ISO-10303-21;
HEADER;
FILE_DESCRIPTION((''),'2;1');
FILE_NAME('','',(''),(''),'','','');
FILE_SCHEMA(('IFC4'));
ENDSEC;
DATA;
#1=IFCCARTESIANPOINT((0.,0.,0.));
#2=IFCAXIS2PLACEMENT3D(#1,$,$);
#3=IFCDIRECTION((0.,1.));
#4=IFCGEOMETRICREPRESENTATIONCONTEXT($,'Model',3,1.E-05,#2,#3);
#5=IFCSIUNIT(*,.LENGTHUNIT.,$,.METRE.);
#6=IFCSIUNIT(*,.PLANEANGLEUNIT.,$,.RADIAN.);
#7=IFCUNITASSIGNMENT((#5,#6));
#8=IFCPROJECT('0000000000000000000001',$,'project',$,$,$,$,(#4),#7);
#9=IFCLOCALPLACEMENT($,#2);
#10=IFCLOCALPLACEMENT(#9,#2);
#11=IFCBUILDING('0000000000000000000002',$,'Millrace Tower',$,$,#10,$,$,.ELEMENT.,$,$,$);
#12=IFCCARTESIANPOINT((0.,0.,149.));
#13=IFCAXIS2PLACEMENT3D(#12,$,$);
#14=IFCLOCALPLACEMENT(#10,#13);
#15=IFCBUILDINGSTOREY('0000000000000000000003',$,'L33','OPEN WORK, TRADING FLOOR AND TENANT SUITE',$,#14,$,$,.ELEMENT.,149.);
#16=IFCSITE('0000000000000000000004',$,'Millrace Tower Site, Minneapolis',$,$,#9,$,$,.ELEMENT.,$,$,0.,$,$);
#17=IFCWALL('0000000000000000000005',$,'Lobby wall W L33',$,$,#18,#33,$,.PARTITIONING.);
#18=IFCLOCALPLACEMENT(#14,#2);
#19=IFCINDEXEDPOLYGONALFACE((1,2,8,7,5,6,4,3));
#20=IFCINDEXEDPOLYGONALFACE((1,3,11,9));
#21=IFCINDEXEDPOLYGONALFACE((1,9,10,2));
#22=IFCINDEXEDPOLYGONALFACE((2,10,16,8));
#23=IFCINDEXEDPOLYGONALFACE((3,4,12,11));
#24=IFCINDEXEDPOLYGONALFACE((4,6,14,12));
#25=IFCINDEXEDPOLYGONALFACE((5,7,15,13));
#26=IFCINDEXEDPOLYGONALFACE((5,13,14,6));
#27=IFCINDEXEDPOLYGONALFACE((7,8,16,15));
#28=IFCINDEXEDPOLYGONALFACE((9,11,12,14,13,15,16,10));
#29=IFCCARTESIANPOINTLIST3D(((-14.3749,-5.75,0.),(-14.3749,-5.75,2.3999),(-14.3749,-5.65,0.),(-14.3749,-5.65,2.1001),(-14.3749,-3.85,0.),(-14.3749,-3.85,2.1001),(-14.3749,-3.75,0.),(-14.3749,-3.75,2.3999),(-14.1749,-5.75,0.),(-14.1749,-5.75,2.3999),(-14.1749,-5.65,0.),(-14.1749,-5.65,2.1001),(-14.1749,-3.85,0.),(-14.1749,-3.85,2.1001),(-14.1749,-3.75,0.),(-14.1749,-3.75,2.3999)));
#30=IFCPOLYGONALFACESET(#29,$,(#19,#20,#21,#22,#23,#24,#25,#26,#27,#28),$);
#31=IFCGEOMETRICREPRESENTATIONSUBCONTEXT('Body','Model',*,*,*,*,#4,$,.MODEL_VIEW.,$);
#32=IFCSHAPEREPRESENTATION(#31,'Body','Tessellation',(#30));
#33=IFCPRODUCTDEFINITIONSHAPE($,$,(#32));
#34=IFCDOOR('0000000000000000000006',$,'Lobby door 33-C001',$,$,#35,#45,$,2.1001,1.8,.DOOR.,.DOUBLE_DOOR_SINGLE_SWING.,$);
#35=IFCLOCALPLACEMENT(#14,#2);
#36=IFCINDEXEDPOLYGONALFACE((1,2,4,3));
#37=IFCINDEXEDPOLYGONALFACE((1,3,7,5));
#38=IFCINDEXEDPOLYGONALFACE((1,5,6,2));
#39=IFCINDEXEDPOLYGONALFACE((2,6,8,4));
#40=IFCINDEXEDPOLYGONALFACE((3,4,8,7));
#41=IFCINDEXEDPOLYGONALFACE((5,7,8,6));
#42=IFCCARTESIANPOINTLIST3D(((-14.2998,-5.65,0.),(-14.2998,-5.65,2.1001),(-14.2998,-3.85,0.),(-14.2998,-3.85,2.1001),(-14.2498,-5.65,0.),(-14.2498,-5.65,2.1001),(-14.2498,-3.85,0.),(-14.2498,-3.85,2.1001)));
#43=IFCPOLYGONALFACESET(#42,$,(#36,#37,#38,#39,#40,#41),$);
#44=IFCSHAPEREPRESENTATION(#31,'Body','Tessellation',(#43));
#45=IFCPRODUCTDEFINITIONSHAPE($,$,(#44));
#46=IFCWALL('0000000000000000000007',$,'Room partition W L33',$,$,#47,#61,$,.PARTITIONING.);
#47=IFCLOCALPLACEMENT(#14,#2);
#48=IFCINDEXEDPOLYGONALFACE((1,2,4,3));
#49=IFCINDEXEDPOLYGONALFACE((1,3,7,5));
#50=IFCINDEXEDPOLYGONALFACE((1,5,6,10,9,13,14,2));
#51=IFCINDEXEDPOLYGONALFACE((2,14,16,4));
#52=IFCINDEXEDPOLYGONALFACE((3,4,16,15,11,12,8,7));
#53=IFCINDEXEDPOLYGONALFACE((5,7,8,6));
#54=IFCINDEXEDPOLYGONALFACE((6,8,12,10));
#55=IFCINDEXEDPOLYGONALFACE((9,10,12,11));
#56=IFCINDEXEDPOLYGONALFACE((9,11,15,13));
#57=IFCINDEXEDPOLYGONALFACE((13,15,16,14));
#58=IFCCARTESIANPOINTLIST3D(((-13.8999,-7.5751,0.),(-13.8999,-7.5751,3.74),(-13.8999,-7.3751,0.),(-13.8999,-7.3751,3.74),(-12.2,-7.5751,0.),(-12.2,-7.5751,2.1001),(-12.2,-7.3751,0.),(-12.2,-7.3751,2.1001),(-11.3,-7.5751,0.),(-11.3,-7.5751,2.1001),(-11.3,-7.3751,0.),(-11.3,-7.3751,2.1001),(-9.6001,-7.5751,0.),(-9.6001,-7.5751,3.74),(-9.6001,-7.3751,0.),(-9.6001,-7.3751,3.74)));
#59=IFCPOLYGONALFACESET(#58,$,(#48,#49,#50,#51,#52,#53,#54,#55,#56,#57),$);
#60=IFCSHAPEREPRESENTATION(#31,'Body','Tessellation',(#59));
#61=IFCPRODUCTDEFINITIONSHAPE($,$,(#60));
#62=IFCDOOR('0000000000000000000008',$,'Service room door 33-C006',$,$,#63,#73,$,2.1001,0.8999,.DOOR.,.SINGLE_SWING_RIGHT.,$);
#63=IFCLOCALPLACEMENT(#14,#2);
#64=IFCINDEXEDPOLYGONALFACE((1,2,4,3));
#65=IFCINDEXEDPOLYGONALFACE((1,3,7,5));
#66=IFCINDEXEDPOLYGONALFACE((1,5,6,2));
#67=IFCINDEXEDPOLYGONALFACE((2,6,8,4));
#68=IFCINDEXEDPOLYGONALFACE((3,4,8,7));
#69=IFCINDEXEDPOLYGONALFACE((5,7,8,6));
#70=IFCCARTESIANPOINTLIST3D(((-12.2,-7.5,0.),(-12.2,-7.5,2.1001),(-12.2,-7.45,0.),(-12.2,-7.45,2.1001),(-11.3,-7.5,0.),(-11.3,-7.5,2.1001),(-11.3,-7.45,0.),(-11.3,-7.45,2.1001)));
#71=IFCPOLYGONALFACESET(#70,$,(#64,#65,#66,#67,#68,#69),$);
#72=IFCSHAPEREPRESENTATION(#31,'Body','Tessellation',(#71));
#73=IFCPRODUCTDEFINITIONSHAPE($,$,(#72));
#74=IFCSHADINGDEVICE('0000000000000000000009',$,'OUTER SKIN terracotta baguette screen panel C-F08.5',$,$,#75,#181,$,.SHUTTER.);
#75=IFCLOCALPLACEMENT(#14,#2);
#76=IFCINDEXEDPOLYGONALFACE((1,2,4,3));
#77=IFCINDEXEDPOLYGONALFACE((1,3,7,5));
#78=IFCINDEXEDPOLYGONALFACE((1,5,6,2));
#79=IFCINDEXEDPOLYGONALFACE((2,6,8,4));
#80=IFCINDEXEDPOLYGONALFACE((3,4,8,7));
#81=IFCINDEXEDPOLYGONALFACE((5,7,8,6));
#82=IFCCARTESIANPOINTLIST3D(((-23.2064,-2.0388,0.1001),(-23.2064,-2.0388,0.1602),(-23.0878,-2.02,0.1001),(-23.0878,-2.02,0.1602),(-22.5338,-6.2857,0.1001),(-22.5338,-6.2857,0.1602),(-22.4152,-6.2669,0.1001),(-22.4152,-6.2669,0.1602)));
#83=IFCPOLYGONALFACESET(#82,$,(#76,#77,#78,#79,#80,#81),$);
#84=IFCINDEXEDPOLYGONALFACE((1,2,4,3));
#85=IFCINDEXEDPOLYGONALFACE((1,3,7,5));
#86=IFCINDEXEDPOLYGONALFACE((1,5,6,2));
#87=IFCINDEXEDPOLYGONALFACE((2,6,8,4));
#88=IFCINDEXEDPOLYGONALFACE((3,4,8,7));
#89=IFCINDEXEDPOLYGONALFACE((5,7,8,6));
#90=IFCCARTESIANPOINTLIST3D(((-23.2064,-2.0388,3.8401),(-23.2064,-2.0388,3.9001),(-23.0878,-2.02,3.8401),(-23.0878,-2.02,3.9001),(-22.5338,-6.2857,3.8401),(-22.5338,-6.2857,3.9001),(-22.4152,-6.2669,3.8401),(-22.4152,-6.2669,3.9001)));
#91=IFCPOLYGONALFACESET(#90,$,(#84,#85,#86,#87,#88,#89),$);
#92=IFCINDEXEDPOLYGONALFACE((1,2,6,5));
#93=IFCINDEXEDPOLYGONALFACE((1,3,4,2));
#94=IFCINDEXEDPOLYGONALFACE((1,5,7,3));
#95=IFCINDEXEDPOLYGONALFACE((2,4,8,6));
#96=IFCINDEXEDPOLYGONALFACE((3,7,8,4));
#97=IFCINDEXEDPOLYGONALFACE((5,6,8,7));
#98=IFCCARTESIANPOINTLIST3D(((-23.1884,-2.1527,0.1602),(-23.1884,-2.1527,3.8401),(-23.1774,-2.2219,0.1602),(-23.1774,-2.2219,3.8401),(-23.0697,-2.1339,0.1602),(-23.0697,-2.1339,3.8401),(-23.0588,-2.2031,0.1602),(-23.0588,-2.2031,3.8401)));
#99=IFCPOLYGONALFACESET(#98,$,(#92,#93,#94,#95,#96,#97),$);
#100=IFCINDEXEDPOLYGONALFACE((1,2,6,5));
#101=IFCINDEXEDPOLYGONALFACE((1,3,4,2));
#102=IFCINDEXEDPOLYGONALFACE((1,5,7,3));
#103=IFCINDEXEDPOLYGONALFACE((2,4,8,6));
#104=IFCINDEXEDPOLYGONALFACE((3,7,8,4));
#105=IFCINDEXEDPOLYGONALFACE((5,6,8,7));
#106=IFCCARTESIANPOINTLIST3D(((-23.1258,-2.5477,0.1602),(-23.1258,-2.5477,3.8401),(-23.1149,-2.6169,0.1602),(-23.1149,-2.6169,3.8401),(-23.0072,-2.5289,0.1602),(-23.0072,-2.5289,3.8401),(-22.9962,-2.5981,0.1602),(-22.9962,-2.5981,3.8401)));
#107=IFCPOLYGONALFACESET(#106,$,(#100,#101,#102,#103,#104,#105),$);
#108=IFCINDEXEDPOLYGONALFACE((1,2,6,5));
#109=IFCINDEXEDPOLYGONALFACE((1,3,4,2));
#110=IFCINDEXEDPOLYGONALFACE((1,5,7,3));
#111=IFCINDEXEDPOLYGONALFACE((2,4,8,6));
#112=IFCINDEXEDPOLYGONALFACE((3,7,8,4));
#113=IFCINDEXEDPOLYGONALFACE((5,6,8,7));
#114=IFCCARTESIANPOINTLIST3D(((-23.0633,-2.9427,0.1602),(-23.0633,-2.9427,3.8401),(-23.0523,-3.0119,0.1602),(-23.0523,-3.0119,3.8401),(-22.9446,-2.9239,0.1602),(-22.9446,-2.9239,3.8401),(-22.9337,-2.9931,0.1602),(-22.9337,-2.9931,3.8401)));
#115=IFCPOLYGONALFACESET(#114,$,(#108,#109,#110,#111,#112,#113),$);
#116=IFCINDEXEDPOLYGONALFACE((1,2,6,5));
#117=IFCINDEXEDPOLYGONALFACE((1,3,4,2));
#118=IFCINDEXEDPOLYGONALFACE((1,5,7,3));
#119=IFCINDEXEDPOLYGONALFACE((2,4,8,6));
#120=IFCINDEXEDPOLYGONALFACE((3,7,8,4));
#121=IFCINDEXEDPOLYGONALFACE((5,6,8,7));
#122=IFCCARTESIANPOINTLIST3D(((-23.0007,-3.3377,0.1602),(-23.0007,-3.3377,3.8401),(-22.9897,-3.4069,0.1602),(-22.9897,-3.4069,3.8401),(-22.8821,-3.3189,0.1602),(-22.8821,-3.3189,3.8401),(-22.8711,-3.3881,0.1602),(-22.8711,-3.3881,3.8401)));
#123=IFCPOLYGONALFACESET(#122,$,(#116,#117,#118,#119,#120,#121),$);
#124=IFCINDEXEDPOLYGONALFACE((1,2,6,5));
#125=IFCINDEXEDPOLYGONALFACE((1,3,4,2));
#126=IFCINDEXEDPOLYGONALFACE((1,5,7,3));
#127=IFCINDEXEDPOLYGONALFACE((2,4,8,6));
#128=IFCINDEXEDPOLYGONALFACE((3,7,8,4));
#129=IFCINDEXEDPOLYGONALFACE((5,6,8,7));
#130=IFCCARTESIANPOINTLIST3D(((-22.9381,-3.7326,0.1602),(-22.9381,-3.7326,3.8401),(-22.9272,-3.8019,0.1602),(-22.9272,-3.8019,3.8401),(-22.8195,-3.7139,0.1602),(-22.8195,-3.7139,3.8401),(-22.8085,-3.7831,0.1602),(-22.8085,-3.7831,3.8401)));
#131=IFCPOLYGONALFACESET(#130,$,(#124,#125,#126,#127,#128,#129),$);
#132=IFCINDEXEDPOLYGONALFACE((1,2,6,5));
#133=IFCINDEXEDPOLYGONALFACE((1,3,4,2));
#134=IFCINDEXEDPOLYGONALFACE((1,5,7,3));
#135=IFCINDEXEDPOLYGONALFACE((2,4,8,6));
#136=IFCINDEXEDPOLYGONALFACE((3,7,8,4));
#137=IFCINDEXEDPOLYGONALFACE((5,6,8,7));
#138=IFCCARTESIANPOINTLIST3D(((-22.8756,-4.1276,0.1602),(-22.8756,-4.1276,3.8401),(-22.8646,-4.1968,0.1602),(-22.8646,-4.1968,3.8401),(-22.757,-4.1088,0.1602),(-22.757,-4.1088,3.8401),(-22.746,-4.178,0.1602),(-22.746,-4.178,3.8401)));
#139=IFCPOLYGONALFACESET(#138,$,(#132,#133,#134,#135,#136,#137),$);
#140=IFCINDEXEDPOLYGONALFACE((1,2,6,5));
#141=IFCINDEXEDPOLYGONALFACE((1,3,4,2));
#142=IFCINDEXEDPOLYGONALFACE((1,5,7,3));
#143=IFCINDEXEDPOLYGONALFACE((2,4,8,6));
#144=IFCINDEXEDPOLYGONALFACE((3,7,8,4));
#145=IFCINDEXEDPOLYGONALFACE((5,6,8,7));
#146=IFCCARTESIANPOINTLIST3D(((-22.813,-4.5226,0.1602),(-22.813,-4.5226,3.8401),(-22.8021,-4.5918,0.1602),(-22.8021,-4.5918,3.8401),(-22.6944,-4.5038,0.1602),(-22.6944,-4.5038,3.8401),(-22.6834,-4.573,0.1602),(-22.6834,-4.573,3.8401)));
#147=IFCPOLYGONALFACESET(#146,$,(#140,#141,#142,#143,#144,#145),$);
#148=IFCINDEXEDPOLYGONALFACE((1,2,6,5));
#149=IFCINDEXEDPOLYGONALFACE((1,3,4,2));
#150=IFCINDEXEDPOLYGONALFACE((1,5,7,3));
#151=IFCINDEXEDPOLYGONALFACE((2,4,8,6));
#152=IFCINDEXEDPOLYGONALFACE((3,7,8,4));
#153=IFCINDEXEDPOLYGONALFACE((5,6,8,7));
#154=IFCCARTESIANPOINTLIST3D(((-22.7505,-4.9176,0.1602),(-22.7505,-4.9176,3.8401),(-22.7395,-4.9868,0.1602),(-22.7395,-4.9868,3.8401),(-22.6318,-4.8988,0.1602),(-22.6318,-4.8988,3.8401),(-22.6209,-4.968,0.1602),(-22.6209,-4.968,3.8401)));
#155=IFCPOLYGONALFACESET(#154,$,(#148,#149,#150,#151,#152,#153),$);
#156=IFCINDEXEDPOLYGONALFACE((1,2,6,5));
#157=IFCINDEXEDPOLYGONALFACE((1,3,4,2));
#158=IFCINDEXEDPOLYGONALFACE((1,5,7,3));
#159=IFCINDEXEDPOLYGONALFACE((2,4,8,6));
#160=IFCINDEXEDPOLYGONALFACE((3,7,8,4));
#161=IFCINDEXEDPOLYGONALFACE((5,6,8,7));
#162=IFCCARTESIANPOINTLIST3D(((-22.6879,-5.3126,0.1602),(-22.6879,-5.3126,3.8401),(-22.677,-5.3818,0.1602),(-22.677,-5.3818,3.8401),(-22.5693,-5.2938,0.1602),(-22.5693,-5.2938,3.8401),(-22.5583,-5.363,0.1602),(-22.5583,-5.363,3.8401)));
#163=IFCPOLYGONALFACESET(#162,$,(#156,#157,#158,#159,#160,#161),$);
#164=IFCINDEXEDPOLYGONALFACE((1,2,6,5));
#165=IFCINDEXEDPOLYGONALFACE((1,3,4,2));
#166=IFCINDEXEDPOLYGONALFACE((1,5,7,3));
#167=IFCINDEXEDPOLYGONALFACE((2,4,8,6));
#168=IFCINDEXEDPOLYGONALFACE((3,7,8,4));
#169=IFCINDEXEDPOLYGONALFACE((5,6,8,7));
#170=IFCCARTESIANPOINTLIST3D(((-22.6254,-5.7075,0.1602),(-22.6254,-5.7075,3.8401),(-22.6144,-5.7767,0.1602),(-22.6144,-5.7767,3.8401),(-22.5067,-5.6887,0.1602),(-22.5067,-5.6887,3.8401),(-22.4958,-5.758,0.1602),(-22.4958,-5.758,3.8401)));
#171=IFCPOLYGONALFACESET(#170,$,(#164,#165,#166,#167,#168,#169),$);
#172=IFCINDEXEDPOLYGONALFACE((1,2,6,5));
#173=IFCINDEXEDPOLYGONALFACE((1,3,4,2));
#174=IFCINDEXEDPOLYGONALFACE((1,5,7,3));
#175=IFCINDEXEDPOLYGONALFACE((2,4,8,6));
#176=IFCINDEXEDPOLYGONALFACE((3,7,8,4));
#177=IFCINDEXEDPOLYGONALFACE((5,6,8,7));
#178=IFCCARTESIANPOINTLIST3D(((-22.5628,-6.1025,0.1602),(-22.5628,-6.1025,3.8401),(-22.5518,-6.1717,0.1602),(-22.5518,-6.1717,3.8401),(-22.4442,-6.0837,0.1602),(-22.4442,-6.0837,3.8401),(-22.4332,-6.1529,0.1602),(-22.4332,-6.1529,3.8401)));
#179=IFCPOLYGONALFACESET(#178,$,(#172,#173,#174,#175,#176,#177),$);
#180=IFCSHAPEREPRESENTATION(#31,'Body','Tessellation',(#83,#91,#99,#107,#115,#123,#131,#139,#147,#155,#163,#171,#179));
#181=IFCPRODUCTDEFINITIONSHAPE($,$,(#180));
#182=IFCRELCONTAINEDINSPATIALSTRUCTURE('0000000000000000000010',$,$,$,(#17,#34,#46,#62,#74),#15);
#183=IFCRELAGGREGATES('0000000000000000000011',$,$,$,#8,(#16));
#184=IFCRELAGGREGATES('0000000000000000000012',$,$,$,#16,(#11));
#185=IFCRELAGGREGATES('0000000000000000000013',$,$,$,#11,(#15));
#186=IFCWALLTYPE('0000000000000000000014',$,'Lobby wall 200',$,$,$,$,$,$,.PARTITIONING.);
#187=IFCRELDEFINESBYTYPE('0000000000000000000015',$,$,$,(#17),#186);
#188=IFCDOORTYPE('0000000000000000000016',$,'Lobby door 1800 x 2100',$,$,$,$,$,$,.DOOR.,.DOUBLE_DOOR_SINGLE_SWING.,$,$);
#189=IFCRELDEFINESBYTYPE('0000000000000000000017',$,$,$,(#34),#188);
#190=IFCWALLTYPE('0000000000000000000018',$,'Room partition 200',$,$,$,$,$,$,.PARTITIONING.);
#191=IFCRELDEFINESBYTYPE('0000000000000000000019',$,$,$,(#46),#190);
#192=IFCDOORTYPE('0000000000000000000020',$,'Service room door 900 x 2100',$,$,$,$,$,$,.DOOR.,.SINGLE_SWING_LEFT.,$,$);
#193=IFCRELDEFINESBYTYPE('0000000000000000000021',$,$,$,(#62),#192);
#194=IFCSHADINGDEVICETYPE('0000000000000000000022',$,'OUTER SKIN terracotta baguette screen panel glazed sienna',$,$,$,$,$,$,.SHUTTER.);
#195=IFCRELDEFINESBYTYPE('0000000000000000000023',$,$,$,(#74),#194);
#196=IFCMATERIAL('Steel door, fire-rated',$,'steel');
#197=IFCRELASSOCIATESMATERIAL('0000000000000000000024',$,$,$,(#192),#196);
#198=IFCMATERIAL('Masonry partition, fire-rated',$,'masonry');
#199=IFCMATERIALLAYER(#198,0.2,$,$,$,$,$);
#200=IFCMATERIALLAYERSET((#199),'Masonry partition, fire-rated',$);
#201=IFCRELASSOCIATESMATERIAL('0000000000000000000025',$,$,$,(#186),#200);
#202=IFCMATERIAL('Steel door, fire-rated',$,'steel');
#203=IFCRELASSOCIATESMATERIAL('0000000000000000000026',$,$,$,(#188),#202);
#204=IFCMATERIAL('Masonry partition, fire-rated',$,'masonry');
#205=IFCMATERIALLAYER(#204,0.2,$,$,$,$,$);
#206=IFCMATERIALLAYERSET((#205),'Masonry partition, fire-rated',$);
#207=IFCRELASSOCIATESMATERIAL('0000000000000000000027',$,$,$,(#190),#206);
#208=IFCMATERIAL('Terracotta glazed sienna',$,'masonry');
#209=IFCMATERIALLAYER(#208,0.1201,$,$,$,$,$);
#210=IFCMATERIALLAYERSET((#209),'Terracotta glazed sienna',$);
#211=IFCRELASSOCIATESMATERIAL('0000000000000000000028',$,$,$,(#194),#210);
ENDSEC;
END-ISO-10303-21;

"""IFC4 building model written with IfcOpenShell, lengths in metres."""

from ifc_helpers import new_model, entity, si_unit, direction, frame, frame_2d, origin, origin_2d, place, context, subcontext, project, spatial, rectangle, extrude, source, transform, mapped, material, layer, layer_set, type_object, element, fill, save


model = new_model("IFC4")

# Units and contexts
model_context = context("Model", 3, precision=1e-05, world=origin(), true_north=direction((0.0, 1.0)))
body_context = subcontext(model_context, "Body", "Model", "MODEL_VIEW")
ifc_project = project(units=[si_unit("LENGTHUNIT", "METRE"), si_unit("PLANEANGLEUNIT", "RADIAN")], contexts=[model_context])

# Site, building, storey
site_placement = place(None, origin())
site = spatial("IfcSite", under=ifc_project, at=site_placement, Name="Millrace Tower Site, Minneapolis", CompositionType="ELEMENT", RefElevation=0.0)
building_placement = place(site_placement, origin())
building = spatial("IfcBuilding", under=site, at=building_placement, Name="Millrace Tower", CompositionType="ELEMENT")
storey_placement = place(building_placement, frame((0.0, 0.0, 149.0)))
storey = spatial("IfcBuildingStorey", under=building, at=storey_placement, Name="L33", Description="OPEN WORK, TRADING FLOOR AND TENANT SUITE", CompositionType="ELEMENT", Elevation=149.0)

# Shared definitions
ifc_material_1 = material(Name="Steel door, fire-rated", Category="steel")
door_type_1 = type_object("IfcDoorType", Name="Service room door 900 x 2100", OperationType="SINGLE_SWING_LEFT", PredefinedType="DOOR", material=ifc_material_1)

# Walls, openings, doors
ifc_material_2 = material(Name="Masonry partition, fire-rated", Category="masonry")
ifc_layer_1 = layer(ifc_material_2, 0.2)
ifc_layer_set_1 = layer_set([ifc_layer_1], Name="Masonry partition, fire-rated")
wall_type_1 = type_object("IfcWallType", Name="Lobby wall 200", PredefinedType="PARTITIONING", material=ifc_layer_set_1)
wall_1_placement = place(storey_placement, frame((-14.2749, -5.75, 0.0), z_axis=(0.0, 0.0, 1.0), x_axis=(0.0, 1.0, 0.0)))
wall_1 = element("IfcWall", 1, at=wall_1_placement, inside=storey, type_object=wall_type_1, Name="Lobby wall W L33", PredefinedType="PARTITIONING", context=body_context, shape_type="SweptSolid", body=[
    extrude(rectangle(XDim=2.0, YDim=0.2, at=frame_2d((1.0, 0.0))), origin(), (0.0, 0.0, 1.0), 2.3999),
])
opening_1_placement = place(wall_1_placement, frame((0.1001, 0.0, 0.0)))
opening_1 = element("IfcOpeningElement", 2, at=opening_1_placement, cuts=wall_1, PredefinedType="OPENING", context=body_context, shape_type="SweptSolid", body=[
    extrude(rectangle(XDim=1.8, YDim=2.1001, at=frame_2d((0.8999, 1.05))), frame((0.0, 0.1099, 0.0), z_axis=(0.0, -1.0, 0.0), x_axis=(1.0, 0.0, 0.0)), (0.0, 0.0, 1.0), 0.22),
])
ifc_material_3 = material(Name="Steel door, fire-rated", Category="steel")
door_type_2 = type_object("IfcDoorType", Name="Lobby door 1800 x 2100", OperationType="DOUBLE_DOOR_SINGLE_SWING", PredefinedType="DOOR", material=ifc_material_3)
door_1_placement = place(opening_1_placement, origin())
door_1 = element("IfcDoor", 3, at=door_1_placement, inside=storey, type_object=door_type_2, Name="Lobby door 33-C001", OperationType="DOUBLE_DOOR_SINGLE_SWING", OverallHeight=2.1001, OverallWidth=1.8, PredefinedType="DOOR", context=body_context, shape_type="SweptSolid", body=[
    extrude(rectangle(XDim=1.8, YDim=2.1001, at=frame_2d((0.8999, 1.05))), frame((0.0, 0.0249, 0.0), z_axis=(0.0, -1.0, 0.0), x_axis=(1.0, 0.0, 0.0)), (0.0, 0.0, 1.0), 0.05),
])
fill(opening_1, door_1)
ifc_material_4 = material(Name="Masonry partition, fire-rated", Category="masonry")
ifc_layer_2 = layer(ifc_material_4, 0.2)
ifc_layer_set_2 = layer_set([ifc_layer_2], Name="Masonry partition, fire-rated")
wall_type_2 = type_object("IfcWallType", Name="Room partition 200", PredefinedType="PARTITIONING", material=ifc_layer_set_2)
wall_2_placement = place(storey_placement, frame((-13.8999, -7.4751, 0.0), z_axis=(0.0, 0.0, 1.0), x_axis=(1.0, 0.0, 0.0)))
wall_2 = element("IfcWall", 4, at=wall_2_placement, inside=storey, type_object=wall_type_2, Name="Room partition W L33", PredefinedType="PARTITIONING", context=body_context, shape_type="SweptSolid", body=[
    extrude(rectangle(XDim=4.2998, YDim=0.2, at=frame_2d((2.1499, 0.0))), origin(), (0.0, 0.0, 1.0), 3.74),
])
opening_2_placement = place(wall_2_placement, frame((1.7, 0.0, 0.0)))
opening_2 = element("IfcOpeningElement", 5, at=opening_2_placement, cuts=wall_2, PredefinedType="OPENING", context=body_context, shape_type="SweptSolid", body=[
    extrude(rectangle(XDim=0.8999, YDim=2.1001, at=frame_2d((0.45, 1.05))), frame((0.0, 0.1099, 0.0), z_axis=(0.0, -1.0, 0.0), x_axis=(1.0, 0.0, 0.0)), (0.0, 0.0, 1.0), 0.22),
])
door_2_placement = place(opening_2_placement, frame((0.8999, 0.0, 0.0), z_axis=(0.0, 0.0, 1.0), x_axis=(-1.0, 0.0, 0.0)))
door_2 = element("IfcDoor", 6, at=door_2_placement, inside=storey, type_object=door_type_1, Name="Service room door 33-C006", OperationType="SINGLE_SWING_RIGHT", OverallHeight=2.1001, OverallWidth=0.8999, PredefinedType="DOOR", context=body_context, shape_type="SweptSolid", body=[
    extrude(rectangle(XDim=0.8999, YDim=2.1001, at=frame_2d((0.45, 1.05))), frame((0.0, 0.0249, 0.0), z_axis=(0.0, -1.0, 0.0), x_axis=(1.0, 0.0, 0.0)), (0.0, 0.0, 1.0), 0.05),
])
fill(opening_2, door_2)

# Shading device
ifc_material_5 = material(Name="Terracotta glazed sienna", Category="masonry")
ifc_layer_3 = layer(ifc_material_5, 0.1201)
ifc_layer_set_3 = layer_set([ifc_layer_3], Name="Terracotta glazed sienna")
shading_device_type = type_object("IfcShadingDeviceType", Name="OUTER SKIN terracotta baguette screen panel glazed sienna", PredefinedType="SHUTTER", material=ifc_layer_set_3)
cartesian_point = entity("IfcCartesianPoint", [-2.1499, 0.0601])
shared_polyline = entity("IfcPolyline", [cartesian_point, entity("IfcCartesianPoint", [2.1499, 0.0601]), entity("IfcCartesianPoint", [2.1499, -0.0601]), entity("IfcCartesianPoint", [-2.1499, -0.0601]), cartesian_point])
shared_shape = source(origin(), body_context, "Body", "SweptSolid", [
    entity("IfcExtrudedAreaSolid", entity("IfcArbitraryClosedProfileDef", "AREA", None, shared_polyline), entity("IfcAxis2Placement3D", entity("IfcCartesianPoint", [0.0, 0.0, 0.0])), entity("IfcDirection", [0.0, 0.0, 1.0]), 0.0601),
    entity("IfcExtrudedAreaSolid", entity("IfcArbitraryClosedProfileDef", "AREA", None, shared_polyline), entity("IfcAxis2Placement3D", entity("IfcCartesianPoint", [0.0, 0.0, 3.74])), entity("IfcDirection", [0.0, 0.0, 1.0]), 0.0601),
    extrude(rectangle(XDim=0.0701, YDim=0.1201, at=frame_2d((-1.9995, 0.0))), frame((0.0, 0.0, 0.0601)), (0.0, 0.0, 1.0), 3.6799),
    extrude(rectangle(XDim=0.0701, YDim=0.1201, at=frame_2d((-1.5996, 0.0))), frame((0.0, 0.0, 0.0601)), (0.0, 0.0, 1.0), 3.6799),
    extrude(rectangle(XDim=0.0701, YDim=0.1201, at=frame_2d((-1.1997, 0.0))), frame((0.0, 0.0, 0.0601)), (0.0, 0.0, 1.0), 3.6799),
    extrude(rectangle(XDim=0.0701, YDim=0.1201, at=frame_2d((-0.7998, 0.0))), frame((0.0, 0.0, 0.0601)), (0.0, 0.0, 1.0), 3.6799),
    extrude(rectangle(XDim=0.0701, YDim=0.1201, at=frame_2d((-0.3999, 0.0))), frame((0.0, 0.0, 0.0601)), (0.0, 0.0, 1.0), 3.6799),
    extrude(rectangle(XDim=0.0701, YDim=0.1201, at=origin_2d()), frame((0.0, 0.0, 0.0601)), (0.0, 0.0, 1.0), 3.6799),
    extrude(rectangle(XDim=0.0701, YDim=0.1201, at=frame_2d((0.3999, 0.0))), frame((0.0, 0.0, 0.0601)), (0.0, 0.0, 1.0), 3.6799),
    extrude(rectangle(XDim=0.0701, YDim=0.1201, at=frame_2d((0.7998, 0.0))), frame((0.0, 0.0, 0.0601)), (0.0, 0.0, 1.0), 3.6799),
    extrude(rectangle(XDim=0.0701, YDim=0.1201, at=frame_2d((1.1997, 0.0))), frame((0.0, 0.0, 0.0601)), (0.0, 0.0, 1.0), 3.6799),
    extrude(rectangle(XDim=0.0701, YDim=0.1201, at=frame_2d((1.5996, 0.0))), frame((0.0, 0.0, 0.0601)), (0.0, 0.0, 1.0), 3.6799),
    extrude(rectangle(XDim=0.0701, YDim=0.1201, at=frame_2d((1.9995, 0.0))), frame((0.0, 0.0, 0.0601)), (0.0, 0.0, 1.0), 3.6799),
])
for number, where, z_axis, x_axis, name in (
    (7, (-22.8108, -4.1528, 0.1001), (0.0, 0.0, 1.0), (0.156434, -0.987688, 0.0), "OUTER SKIN terracotta baguette screen panel C-F08.5"),
):
    element("IfcShadingDevice", number, at=place(storey_placement, frame(where, z_axis=z_axis, x_axis=x_axis)), inside=storey, type_object=shading_device_type, Name=name, PredefinedType="SHUTTER", context=body_context, shape_type="MappedRepresentation", body=[
        mapped(shared_shape, transform((0.0, 0.0, 0.0), scale=1.0)),
    ])

save(model, "model.ifc")
